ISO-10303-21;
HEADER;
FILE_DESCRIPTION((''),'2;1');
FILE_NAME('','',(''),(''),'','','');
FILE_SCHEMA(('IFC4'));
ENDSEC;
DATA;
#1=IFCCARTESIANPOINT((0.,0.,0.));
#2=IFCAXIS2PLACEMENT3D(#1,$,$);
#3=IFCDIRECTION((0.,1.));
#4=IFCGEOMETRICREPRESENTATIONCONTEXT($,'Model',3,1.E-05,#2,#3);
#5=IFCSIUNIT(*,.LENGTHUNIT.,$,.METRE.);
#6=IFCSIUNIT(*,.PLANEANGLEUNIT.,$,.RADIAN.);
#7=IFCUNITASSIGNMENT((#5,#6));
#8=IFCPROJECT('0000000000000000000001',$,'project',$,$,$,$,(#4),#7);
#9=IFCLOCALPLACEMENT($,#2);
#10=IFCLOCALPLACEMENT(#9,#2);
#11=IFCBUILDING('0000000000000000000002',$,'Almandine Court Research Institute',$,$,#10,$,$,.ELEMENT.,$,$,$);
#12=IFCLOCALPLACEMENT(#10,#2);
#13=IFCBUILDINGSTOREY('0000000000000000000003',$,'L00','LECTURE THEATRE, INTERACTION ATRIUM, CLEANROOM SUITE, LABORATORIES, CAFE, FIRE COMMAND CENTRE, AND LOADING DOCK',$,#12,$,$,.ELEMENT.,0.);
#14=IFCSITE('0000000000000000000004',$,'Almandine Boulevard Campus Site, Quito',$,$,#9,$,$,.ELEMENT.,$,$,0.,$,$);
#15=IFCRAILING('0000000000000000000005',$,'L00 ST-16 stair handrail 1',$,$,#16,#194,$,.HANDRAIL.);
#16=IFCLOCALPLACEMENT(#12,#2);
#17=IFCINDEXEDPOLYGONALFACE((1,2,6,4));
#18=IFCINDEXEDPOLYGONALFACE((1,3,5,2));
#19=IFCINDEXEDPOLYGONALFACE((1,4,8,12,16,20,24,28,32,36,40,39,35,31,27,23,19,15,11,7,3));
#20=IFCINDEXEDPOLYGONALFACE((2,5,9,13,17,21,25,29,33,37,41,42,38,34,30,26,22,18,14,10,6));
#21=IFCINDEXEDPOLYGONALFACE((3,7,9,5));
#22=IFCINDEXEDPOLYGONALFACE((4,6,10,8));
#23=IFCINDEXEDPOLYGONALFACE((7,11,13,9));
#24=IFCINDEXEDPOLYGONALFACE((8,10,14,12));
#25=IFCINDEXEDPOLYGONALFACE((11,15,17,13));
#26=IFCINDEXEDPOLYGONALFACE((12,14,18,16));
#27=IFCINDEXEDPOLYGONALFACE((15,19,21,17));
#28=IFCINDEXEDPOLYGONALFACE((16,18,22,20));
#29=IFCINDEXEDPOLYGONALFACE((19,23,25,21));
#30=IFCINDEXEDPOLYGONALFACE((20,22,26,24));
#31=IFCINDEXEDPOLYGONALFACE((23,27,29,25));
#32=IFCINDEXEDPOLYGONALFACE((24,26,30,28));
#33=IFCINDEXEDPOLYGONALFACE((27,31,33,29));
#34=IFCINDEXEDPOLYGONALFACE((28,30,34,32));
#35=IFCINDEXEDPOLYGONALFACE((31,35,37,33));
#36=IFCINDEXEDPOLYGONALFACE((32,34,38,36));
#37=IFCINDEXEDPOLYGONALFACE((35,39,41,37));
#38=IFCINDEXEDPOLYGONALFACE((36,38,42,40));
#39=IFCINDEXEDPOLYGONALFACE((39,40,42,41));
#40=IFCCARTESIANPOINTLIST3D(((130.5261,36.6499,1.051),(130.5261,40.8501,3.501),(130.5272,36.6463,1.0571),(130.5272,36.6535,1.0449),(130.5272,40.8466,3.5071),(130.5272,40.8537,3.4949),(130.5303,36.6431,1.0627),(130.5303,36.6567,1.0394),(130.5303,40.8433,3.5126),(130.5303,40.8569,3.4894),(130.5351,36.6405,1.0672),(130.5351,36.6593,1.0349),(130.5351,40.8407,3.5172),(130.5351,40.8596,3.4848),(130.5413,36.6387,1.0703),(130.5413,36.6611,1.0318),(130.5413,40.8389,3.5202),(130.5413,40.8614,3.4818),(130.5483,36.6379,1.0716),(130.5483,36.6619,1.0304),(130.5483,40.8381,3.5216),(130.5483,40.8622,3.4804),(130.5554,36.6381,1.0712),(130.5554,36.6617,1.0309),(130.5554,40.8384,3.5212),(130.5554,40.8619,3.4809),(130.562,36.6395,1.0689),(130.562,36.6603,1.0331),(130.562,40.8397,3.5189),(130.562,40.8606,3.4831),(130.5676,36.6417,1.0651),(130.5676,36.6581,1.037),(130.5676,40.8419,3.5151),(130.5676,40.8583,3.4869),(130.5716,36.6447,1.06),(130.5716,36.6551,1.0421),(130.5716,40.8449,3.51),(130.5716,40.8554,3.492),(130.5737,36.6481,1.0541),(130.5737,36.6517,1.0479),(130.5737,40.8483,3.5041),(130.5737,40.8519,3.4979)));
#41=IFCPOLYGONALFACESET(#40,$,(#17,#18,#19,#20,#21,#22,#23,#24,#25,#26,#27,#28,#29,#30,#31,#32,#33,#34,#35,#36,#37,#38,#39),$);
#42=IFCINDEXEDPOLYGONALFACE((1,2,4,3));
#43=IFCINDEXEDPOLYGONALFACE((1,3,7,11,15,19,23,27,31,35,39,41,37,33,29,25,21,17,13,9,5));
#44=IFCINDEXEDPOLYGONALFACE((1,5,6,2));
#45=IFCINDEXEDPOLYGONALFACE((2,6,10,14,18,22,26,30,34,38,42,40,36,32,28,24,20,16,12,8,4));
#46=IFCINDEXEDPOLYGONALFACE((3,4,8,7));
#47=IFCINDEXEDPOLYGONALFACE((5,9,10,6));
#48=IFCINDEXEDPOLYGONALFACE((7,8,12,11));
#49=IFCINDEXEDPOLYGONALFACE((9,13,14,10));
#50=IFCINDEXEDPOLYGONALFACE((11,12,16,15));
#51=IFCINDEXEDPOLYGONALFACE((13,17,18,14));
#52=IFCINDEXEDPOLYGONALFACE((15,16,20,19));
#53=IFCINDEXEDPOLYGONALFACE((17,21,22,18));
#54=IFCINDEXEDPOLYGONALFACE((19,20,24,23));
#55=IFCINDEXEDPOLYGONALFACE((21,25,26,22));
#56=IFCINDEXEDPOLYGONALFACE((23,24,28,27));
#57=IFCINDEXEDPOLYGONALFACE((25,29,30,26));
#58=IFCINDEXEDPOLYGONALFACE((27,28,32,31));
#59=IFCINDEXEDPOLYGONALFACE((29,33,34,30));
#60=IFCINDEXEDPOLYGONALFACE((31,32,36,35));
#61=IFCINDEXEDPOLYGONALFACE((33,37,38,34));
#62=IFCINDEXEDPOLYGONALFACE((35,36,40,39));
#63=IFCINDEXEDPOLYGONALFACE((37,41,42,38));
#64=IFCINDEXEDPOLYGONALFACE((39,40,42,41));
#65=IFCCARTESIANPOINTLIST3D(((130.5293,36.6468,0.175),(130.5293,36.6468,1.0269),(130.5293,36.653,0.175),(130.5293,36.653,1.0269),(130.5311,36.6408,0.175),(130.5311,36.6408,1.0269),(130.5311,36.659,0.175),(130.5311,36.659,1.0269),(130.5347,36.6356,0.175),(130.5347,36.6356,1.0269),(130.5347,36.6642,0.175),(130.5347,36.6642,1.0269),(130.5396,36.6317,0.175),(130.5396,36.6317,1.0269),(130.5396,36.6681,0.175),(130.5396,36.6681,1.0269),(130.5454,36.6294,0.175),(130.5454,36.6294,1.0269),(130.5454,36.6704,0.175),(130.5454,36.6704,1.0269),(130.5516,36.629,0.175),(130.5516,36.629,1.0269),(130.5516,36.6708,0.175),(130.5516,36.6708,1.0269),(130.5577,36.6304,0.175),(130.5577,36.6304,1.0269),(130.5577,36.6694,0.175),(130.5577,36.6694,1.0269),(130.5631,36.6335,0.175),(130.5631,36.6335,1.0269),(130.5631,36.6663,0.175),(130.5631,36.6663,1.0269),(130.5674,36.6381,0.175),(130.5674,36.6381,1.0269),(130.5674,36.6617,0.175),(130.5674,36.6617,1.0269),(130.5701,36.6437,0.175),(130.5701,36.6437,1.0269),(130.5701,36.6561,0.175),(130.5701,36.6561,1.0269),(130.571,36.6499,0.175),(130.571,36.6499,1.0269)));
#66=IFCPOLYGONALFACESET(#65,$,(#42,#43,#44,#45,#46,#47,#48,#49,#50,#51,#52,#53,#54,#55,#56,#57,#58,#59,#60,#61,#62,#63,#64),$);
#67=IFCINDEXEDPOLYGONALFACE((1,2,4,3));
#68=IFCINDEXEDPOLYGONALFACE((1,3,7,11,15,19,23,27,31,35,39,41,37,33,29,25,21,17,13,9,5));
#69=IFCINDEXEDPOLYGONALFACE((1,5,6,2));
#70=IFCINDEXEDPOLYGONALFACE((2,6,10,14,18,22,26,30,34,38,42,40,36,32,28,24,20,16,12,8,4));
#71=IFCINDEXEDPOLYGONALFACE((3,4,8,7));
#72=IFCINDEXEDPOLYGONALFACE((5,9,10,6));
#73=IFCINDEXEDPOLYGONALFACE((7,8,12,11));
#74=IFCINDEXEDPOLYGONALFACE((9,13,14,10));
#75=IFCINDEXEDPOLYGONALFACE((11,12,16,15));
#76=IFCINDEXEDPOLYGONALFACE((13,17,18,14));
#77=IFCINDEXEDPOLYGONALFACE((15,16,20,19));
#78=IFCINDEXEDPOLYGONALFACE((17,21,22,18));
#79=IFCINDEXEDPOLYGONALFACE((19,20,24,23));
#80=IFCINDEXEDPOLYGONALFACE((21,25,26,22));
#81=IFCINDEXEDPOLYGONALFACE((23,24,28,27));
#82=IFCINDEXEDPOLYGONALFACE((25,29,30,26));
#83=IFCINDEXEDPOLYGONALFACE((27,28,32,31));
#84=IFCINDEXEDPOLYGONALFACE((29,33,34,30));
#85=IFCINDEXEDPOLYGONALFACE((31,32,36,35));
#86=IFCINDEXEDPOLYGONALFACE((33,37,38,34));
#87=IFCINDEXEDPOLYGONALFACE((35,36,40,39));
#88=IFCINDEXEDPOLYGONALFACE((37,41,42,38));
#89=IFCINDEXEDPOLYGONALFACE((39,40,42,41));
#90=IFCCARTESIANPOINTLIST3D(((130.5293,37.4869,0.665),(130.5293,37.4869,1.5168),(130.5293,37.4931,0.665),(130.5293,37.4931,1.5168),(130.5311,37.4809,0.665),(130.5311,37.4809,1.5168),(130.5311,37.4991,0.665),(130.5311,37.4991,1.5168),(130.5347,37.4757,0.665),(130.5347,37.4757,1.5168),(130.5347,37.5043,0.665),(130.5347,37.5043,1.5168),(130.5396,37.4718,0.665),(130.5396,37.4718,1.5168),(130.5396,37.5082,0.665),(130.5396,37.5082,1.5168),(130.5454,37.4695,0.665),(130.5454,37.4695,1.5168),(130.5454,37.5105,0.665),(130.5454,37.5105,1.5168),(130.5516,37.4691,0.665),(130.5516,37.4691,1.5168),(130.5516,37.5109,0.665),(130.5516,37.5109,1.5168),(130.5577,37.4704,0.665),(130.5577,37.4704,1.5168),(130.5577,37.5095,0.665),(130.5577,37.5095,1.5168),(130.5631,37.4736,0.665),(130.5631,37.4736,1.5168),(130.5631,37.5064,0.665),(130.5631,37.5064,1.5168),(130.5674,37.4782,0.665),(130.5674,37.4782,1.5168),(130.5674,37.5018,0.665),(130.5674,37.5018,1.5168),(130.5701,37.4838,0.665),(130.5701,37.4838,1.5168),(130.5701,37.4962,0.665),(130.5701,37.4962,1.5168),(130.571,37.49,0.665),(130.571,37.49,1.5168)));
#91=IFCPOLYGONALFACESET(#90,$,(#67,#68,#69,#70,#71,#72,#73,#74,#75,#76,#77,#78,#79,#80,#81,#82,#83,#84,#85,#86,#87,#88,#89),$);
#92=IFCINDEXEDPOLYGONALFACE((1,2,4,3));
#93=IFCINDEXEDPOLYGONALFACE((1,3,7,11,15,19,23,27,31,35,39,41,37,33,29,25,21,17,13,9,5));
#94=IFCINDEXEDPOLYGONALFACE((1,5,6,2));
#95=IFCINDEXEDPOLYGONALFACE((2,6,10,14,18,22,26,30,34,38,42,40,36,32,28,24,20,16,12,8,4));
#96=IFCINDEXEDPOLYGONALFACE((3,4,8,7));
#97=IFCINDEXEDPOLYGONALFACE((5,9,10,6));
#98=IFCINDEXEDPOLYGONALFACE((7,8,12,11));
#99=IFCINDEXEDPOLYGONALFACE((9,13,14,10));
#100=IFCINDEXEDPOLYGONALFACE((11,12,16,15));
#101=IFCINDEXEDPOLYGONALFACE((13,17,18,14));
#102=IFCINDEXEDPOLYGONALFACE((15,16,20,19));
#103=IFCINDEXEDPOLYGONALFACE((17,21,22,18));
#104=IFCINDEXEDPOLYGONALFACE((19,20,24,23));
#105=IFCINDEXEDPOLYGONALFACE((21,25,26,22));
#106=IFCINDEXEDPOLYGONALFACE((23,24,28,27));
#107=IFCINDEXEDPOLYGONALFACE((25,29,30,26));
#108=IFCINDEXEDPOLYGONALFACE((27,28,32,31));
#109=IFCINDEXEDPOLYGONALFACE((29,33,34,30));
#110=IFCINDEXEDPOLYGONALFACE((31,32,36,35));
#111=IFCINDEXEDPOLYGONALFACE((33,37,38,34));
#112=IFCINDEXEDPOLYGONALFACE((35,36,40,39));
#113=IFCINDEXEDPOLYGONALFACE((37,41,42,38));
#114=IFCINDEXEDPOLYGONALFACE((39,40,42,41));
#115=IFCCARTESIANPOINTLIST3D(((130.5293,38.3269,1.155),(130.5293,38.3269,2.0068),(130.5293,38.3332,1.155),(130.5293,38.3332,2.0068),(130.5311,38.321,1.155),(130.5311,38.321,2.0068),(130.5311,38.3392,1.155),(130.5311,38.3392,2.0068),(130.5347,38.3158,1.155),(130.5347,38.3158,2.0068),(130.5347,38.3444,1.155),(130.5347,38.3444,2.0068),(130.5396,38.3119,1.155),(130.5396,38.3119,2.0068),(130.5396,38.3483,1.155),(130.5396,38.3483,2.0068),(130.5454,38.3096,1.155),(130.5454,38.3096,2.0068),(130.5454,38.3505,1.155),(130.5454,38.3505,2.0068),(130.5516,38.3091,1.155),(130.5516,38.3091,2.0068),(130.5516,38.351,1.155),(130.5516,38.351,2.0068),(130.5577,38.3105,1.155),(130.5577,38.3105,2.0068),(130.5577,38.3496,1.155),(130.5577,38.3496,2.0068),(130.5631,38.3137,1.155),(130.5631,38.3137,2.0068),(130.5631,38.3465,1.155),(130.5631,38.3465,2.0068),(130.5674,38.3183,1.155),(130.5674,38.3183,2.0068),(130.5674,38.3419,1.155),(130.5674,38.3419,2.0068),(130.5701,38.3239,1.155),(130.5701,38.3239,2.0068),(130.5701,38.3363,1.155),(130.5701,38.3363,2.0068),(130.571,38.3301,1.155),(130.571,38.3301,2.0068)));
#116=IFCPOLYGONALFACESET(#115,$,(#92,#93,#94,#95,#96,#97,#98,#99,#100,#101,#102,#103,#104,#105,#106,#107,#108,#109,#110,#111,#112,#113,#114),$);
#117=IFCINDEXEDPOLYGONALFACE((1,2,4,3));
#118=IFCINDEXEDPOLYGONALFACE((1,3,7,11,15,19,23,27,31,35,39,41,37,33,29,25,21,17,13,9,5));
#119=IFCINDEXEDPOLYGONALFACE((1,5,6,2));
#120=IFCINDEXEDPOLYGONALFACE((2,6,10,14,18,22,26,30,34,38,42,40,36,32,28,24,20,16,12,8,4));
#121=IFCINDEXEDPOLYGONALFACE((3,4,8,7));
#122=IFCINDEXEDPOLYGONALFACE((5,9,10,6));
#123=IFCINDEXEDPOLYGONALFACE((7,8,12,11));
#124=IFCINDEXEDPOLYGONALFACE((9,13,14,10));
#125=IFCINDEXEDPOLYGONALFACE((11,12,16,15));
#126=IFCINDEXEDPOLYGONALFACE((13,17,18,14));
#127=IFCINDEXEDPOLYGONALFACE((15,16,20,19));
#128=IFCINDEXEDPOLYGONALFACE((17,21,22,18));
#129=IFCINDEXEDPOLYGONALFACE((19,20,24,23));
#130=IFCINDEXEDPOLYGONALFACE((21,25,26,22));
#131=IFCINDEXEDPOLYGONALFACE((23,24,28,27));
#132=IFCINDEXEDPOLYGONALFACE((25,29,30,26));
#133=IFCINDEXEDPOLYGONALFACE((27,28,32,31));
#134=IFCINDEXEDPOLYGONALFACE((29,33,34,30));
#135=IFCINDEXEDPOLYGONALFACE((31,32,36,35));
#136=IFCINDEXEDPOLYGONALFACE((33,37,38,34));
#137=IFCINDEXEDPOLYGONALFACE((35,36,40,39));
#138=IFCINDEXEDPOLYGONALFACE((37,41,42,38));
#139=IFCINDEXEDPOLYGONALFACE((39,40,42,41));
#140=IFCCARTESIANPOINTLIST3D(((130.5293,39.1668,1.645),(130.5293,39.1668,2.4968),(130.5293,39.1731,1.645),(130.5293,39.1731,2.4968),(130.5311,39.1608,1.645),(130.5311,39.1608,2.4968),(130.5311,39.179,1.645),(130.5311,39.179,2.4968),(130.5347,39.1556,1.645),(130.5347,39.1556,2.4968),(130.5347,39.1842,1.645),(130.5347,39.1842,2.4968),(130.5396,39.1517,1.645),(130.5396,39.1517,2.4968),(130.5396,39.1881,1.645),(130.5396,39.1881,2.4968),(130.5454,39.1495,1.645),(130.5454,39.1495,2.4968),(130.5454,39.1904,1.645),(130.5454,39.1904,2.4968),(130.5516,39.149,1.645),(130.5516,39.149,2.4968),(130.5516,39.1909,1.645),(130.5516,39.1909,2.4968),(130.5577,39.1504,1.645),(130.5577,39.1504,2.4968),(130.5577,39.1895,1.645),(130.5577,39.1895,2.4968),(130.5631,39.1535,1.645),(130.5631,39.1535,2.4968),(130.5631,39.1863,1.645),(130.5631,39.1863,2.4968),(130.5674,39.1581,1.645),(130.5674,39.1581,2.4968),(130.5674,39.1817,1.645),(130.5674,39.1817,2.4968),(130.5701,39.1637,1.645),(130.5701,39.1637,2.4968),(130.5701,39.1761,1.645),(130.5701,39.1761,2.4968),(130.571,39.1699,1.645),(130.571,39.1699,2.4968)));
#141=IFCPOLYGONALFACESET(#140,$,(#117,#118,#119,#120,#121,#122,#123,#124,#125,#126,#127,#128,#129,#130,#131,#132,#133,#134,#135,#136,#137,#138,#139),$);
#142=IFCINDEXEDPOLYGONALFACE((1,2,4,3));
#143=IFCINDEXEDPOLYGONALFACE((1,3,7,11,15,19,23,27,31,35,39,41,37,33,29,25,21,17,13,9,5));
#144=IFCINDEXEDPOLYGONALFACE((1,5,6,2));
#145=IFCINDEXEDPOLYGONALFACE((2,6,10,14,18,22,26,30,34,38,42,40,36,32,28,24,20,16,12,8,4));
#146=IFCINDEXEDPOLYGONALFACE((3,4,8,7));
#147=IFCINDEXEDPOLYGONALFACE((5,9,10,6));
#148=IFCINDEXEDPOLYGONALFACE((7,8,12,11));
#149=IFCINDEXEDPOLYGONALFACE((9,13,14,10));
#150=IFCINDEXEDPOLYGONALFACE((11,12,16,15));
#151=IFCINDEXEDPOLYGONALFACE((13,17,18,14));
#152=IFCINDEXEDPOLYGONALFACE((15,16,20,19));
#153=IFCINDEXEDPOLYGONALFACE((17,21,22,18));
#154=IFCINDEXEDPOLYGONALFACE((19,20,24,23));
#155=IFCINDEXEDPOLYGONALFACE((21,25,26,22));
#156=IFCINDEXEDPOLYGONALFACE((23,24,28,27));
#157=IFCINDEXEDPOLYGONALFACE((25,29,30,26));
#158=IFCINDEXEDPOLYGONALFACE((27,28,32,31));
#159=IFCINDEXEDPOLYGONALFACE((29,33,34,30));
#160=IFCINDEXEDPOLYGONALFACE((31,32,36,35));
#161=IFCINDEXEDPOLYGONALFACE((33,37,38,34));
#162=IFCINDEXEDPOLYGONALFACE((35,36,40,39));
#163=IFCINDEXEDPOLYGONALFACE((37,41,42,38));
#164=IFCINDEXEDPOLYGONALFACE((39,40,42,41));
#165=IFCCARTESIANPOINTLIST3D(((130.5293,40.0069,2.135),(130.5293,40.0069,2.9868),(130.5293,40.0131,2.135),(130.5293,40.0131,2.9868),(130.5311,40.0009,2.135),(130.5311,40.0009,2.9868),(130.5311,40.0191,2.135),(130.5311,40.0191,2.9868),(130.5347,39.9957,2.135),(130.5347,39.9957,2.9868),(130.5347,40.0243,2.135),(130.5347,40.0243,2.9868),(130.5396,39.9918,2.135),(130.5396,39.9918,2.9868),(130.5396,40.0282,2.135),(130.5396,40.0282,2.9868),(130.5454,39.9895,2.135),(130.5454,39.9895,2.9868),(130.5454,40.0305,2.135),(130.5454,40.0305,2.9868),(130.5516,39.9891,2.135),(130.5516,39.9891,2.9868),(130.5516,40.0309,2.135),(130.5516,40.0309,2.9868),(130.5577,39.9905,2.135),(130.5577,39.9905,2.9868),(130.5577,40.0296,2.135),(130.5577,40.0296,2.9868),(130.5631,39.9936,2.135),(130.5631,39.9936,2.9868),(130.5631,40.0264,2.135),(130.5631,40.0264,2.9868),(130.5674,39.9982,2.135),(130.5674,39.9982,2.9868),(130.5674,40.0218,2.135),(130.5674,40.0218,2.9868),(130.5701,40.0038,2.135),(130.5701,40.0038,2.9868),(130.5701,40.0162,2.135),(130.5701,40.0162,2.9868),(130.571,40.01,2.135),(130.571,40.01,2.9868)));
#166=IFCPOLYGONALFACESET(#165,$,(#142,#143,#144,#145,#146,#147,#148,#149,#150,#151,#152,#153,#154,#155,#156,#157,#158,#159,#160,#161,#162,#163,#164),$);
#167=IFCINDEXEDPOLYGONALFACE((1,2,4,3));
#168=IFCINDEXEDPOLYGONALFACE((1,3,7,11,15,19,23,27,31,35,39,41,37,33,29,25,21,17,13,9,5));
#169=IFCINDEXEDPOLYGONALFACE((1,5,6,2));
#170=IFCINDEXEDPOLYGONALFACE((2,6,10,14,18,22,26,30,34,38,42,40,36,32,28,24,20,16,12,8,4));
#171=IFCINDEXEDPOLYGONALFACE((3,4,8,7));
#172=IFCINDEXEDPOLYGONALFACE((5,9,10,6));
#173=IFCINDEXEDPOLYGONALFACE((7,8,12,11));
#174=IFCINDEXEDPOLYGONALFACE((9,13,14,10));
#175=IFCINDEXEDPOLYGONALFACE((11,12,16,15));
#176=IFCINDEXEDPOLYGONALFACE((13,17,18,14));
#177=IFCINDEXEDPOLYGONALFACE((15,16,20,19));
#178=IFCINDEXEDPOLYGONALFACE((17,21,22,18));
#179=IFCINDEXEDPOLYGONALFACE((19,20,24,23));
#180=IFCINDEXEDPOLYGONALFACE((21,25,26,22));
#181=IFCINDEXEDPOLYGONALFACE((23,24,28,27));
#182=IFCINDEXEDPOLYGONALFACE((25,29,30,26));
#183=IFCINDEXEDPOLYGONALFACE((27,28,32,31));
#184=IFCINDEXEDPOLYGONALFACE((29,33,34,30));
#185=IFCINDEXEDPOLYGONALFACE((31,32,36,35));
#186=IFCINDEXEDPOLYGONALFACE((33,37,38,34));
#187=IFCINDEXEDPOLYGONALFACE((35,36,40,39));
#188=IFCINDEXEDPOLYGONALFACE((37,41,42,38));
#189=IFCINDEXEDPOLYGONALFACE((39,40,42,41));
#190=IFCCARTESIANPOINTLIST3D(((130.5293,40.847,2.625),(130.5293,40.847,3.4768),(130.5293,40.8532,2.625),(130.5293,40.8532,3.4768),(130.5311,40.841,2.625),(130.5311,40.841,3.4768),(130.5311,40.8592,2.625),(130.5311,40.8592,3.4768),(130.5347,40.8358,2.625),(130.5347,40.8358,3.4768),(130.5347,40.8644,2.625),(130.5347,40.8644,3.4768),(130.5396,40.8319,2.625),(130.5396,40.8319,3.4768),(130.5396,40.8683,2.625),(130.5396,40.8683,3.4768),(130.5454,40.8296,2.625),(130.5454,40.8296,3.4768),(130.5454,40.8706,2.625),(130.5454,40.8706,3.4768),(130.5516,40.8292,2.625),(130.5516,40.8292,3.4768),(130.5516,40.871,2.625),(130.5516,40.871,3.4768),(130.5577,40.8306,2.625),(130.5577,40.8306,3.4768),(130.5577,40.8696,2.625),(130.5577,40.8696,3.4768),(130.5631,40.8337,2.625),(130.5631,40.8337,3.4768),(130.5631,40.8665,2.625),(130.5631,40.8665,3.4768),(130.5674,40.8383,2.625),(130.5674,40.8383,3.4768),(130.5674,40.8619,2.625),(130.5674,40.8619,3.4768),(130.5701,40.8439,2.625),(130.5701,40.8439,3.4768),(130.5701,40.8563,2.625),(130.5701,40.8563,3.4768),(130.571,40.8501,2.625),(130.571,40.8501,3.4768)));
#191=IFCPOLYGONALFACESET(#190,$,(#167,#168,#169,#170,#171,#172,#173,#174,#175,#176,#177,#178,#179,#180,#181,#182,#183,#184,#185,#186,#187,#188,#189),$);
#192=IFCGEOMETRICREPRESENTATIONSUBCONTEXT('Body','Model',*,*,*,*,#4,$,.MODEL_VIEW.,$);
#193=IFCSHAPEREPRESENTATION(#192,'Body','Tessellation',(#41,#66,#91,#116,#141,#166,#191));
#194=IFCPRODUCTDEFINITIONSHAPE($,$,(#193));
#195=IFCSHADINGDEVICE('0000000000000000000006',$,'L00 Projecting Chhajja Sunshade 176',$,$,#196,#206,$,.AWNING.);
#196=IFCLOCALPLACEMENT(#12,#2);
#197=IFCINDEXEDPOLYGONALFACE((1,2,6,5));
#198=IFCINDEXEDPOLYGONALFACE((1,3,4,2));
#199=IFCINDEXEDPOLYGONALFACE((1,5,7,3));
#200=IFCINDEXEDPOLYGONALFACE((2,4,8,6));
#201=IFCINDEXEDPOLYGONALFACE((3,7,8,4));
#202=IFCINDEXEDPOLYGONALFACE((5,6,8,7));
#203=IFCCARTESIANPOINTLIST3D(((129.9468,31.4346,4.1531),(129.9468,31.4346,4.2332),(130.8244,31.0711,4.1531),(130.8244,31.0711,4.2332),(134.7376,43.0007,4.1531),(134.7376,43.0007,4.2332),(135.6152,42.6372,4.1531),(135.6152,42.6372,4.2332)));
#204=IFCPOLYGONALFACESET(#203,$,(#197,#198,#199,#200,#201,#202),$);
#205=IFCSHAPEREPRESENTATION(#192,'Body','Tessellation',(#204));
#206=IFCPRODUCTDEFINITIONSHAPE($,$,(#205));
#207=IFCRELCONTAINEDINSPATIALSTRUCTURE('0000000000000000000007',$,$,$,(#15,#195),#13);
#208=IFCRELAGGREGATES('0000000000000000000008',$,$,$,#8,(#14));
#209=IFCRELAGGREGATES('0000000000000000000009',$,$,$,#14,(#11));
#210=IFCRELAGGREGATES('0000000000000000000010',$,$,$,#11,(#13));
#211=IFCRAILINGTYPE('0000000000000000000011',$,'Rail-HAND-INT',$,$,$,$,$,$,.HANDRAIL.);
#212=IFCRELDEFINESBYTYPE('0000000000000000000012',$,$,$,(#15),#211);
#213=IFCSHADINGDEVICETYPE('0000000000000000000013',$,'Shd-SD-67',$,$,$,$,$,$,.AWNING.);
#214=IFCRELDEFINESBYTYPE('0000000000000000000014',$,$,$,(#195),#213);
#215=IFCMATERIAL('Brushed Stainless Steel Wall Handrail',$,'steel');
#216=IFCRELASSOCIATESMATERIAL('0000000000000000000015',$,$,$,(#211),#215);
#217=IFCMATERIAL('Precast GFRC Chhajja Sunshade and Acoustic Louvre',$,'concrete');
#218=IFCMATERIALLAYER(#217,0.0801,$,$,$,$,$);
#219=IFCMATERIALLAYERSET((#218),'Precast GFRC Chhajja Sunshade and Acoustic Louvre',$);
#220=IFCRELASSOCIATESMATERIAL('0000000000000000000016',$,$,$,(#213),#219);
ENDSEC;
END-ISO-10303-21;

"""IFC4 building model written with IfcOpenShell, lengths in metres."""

from ifc_helpers import new_model, si_unit, direction, frame, origin, origin_2d, place, context, subcontext, project, spatial, rectangle, circle, extrude, material, layer, layer_set, type_object, element, save


model = new_model("IFC4")

# Units and contexts
model_context = context("Model", 3, precision=1e-05, world=origin(), true_north=direction((0.0, 1.0)))
body_context = subcontext(model_context, "Body", "Model", "MODEL_VIEW")
ifc_project = project(units=[si_unit("LENGTHUNIT", "METRE"), si_unit("PLANEANGLEUNIT", "RADIAN")], contexts=[model_context])

# Site, building, storey
site_placement = place(None, origin())
site = spatial("IfcSite", under=ifc_project, at=site_placement, Name="Almandine Boulevard Campus Site, Quito", CompositionType="ELEMENT", RefElevation=0.0)
building_placement = place(site_placement, origin())
building = spatial("IfcBuilding", under=site, at=building_placement, Name="Almandine Court Research Institute", CompositionType="ELEMENT")
storey_placement = place(building_placement, origin())
storey = spatial("IfcBuildingStorey", under=building, at=storey_placement, Name="L00", Description="LECTURE THEATRE, INTERACTION ATRIUM, CLEANROOM SUITE, LABORATORIES, CAFE, FIRE COMMAND CENTRE, AND LOADING DOCK", CompositionType="ELEMENT", Elevation=0.0)

# Railing
ifc_material_1 = material(Name="Brushed Stainless Steel Wall Handrail", Category="steel")
railing_type_1 = type_object("IfcRailingType", Name="Rail-HAND-INT", PredefinedType="HANDRAIL", material=ifc_material_1)
railing_1_placement = place(storey_placement, frame((130.55, 36.6499, 0.175)))
element("IfcRailing", 1, at=railing_1_placement, inside=storey, type_object=railing_type_1, Name="L00 ST-16 stair handrail 1", PredefinedType="HANDRAIL", context=body_context, shape_type="SweptSolid", body=[
    extrude(circle(Radius=0.0239, at=origin_2d()), frame((0.0, 0.0, 0.876), z_axis=(0.0, 0.863793, 0.503846), x_axis=(-1.0, 0.0, 0.0)), (0.0, 0.0, 1.0), 4.8625),
    extrude(circle(Radius=0.021, at=origin_2d()), origin(), (0.0, 0.0, 1.0), 0.8518),
    extrude(circle(Radius=0.021, at=origin_2d()), frame((0.0, 0.8401, 0.49)), (0.0, 0.0, 1.0), 0.8518),
    extrude(circle(Radius=0.021, at=origin_2d()), frame((0.0, 1.6802, 0.98)), (0.0, 0.0, 1.0), 0.8518),
    extrude(circle(Radius=0.021, at=origin_2d()), frame((0.0, 2.52, 1.47)), (0.0, 0.0, 1.0), 0.8518),
    extrude(circle(Radius=0.021, at=origin_2d()), frame((0.0, 3.3601, 1.96)), (0.0, 0.0, 1.0), 0.8518),
    extrude(circle(Radius=0.021, at=origin_2d()), frame((0.0, 4.2002, 2.45)), (0.0, 0.0, 1.0), 0.8518),
])

# Shading device
ifc_material_2 = material(Name="Precast GFRC Chhajja Sunshade and Acoustic Louvre", Category="concrete")
ifc_layer_1 = layer(ifc_material_2, 0.0801)
ifc_layer_set_1 = layer_set([ifc_layer_1], Name="Precast GFRC Chhajja Sunshade and Acoustic Louvre")
shading_device_type = type_object("IfcShadingDeviceType", Name="Shd-SD-67", PredefinedType="AWNING", material=ifc_layer_set_1)
shading_device_placement = place(storey_placement, frame((132.781, 37.0359, 4.1531), z_axis=(0.0, 0.0, 1.0), x_axis=(-0.382683, -0.92388, 0.0)))
element("IfcShadingDevice", 2, at=shading_device_placement, inside=storey, type_object=shading_device_type, Name="L00 Projecting Chhajja Sunshade 176", PredefinedType="AWNING", context=body_context, shape_type="SweptSolid", body=[
    extrude(rectangle(XDim=12.519, YDim=0.95, at=origin_2d()), origin(), (0.0, 0.0, 1.0), 0.0801),
])

save(model, "model.ifc")
